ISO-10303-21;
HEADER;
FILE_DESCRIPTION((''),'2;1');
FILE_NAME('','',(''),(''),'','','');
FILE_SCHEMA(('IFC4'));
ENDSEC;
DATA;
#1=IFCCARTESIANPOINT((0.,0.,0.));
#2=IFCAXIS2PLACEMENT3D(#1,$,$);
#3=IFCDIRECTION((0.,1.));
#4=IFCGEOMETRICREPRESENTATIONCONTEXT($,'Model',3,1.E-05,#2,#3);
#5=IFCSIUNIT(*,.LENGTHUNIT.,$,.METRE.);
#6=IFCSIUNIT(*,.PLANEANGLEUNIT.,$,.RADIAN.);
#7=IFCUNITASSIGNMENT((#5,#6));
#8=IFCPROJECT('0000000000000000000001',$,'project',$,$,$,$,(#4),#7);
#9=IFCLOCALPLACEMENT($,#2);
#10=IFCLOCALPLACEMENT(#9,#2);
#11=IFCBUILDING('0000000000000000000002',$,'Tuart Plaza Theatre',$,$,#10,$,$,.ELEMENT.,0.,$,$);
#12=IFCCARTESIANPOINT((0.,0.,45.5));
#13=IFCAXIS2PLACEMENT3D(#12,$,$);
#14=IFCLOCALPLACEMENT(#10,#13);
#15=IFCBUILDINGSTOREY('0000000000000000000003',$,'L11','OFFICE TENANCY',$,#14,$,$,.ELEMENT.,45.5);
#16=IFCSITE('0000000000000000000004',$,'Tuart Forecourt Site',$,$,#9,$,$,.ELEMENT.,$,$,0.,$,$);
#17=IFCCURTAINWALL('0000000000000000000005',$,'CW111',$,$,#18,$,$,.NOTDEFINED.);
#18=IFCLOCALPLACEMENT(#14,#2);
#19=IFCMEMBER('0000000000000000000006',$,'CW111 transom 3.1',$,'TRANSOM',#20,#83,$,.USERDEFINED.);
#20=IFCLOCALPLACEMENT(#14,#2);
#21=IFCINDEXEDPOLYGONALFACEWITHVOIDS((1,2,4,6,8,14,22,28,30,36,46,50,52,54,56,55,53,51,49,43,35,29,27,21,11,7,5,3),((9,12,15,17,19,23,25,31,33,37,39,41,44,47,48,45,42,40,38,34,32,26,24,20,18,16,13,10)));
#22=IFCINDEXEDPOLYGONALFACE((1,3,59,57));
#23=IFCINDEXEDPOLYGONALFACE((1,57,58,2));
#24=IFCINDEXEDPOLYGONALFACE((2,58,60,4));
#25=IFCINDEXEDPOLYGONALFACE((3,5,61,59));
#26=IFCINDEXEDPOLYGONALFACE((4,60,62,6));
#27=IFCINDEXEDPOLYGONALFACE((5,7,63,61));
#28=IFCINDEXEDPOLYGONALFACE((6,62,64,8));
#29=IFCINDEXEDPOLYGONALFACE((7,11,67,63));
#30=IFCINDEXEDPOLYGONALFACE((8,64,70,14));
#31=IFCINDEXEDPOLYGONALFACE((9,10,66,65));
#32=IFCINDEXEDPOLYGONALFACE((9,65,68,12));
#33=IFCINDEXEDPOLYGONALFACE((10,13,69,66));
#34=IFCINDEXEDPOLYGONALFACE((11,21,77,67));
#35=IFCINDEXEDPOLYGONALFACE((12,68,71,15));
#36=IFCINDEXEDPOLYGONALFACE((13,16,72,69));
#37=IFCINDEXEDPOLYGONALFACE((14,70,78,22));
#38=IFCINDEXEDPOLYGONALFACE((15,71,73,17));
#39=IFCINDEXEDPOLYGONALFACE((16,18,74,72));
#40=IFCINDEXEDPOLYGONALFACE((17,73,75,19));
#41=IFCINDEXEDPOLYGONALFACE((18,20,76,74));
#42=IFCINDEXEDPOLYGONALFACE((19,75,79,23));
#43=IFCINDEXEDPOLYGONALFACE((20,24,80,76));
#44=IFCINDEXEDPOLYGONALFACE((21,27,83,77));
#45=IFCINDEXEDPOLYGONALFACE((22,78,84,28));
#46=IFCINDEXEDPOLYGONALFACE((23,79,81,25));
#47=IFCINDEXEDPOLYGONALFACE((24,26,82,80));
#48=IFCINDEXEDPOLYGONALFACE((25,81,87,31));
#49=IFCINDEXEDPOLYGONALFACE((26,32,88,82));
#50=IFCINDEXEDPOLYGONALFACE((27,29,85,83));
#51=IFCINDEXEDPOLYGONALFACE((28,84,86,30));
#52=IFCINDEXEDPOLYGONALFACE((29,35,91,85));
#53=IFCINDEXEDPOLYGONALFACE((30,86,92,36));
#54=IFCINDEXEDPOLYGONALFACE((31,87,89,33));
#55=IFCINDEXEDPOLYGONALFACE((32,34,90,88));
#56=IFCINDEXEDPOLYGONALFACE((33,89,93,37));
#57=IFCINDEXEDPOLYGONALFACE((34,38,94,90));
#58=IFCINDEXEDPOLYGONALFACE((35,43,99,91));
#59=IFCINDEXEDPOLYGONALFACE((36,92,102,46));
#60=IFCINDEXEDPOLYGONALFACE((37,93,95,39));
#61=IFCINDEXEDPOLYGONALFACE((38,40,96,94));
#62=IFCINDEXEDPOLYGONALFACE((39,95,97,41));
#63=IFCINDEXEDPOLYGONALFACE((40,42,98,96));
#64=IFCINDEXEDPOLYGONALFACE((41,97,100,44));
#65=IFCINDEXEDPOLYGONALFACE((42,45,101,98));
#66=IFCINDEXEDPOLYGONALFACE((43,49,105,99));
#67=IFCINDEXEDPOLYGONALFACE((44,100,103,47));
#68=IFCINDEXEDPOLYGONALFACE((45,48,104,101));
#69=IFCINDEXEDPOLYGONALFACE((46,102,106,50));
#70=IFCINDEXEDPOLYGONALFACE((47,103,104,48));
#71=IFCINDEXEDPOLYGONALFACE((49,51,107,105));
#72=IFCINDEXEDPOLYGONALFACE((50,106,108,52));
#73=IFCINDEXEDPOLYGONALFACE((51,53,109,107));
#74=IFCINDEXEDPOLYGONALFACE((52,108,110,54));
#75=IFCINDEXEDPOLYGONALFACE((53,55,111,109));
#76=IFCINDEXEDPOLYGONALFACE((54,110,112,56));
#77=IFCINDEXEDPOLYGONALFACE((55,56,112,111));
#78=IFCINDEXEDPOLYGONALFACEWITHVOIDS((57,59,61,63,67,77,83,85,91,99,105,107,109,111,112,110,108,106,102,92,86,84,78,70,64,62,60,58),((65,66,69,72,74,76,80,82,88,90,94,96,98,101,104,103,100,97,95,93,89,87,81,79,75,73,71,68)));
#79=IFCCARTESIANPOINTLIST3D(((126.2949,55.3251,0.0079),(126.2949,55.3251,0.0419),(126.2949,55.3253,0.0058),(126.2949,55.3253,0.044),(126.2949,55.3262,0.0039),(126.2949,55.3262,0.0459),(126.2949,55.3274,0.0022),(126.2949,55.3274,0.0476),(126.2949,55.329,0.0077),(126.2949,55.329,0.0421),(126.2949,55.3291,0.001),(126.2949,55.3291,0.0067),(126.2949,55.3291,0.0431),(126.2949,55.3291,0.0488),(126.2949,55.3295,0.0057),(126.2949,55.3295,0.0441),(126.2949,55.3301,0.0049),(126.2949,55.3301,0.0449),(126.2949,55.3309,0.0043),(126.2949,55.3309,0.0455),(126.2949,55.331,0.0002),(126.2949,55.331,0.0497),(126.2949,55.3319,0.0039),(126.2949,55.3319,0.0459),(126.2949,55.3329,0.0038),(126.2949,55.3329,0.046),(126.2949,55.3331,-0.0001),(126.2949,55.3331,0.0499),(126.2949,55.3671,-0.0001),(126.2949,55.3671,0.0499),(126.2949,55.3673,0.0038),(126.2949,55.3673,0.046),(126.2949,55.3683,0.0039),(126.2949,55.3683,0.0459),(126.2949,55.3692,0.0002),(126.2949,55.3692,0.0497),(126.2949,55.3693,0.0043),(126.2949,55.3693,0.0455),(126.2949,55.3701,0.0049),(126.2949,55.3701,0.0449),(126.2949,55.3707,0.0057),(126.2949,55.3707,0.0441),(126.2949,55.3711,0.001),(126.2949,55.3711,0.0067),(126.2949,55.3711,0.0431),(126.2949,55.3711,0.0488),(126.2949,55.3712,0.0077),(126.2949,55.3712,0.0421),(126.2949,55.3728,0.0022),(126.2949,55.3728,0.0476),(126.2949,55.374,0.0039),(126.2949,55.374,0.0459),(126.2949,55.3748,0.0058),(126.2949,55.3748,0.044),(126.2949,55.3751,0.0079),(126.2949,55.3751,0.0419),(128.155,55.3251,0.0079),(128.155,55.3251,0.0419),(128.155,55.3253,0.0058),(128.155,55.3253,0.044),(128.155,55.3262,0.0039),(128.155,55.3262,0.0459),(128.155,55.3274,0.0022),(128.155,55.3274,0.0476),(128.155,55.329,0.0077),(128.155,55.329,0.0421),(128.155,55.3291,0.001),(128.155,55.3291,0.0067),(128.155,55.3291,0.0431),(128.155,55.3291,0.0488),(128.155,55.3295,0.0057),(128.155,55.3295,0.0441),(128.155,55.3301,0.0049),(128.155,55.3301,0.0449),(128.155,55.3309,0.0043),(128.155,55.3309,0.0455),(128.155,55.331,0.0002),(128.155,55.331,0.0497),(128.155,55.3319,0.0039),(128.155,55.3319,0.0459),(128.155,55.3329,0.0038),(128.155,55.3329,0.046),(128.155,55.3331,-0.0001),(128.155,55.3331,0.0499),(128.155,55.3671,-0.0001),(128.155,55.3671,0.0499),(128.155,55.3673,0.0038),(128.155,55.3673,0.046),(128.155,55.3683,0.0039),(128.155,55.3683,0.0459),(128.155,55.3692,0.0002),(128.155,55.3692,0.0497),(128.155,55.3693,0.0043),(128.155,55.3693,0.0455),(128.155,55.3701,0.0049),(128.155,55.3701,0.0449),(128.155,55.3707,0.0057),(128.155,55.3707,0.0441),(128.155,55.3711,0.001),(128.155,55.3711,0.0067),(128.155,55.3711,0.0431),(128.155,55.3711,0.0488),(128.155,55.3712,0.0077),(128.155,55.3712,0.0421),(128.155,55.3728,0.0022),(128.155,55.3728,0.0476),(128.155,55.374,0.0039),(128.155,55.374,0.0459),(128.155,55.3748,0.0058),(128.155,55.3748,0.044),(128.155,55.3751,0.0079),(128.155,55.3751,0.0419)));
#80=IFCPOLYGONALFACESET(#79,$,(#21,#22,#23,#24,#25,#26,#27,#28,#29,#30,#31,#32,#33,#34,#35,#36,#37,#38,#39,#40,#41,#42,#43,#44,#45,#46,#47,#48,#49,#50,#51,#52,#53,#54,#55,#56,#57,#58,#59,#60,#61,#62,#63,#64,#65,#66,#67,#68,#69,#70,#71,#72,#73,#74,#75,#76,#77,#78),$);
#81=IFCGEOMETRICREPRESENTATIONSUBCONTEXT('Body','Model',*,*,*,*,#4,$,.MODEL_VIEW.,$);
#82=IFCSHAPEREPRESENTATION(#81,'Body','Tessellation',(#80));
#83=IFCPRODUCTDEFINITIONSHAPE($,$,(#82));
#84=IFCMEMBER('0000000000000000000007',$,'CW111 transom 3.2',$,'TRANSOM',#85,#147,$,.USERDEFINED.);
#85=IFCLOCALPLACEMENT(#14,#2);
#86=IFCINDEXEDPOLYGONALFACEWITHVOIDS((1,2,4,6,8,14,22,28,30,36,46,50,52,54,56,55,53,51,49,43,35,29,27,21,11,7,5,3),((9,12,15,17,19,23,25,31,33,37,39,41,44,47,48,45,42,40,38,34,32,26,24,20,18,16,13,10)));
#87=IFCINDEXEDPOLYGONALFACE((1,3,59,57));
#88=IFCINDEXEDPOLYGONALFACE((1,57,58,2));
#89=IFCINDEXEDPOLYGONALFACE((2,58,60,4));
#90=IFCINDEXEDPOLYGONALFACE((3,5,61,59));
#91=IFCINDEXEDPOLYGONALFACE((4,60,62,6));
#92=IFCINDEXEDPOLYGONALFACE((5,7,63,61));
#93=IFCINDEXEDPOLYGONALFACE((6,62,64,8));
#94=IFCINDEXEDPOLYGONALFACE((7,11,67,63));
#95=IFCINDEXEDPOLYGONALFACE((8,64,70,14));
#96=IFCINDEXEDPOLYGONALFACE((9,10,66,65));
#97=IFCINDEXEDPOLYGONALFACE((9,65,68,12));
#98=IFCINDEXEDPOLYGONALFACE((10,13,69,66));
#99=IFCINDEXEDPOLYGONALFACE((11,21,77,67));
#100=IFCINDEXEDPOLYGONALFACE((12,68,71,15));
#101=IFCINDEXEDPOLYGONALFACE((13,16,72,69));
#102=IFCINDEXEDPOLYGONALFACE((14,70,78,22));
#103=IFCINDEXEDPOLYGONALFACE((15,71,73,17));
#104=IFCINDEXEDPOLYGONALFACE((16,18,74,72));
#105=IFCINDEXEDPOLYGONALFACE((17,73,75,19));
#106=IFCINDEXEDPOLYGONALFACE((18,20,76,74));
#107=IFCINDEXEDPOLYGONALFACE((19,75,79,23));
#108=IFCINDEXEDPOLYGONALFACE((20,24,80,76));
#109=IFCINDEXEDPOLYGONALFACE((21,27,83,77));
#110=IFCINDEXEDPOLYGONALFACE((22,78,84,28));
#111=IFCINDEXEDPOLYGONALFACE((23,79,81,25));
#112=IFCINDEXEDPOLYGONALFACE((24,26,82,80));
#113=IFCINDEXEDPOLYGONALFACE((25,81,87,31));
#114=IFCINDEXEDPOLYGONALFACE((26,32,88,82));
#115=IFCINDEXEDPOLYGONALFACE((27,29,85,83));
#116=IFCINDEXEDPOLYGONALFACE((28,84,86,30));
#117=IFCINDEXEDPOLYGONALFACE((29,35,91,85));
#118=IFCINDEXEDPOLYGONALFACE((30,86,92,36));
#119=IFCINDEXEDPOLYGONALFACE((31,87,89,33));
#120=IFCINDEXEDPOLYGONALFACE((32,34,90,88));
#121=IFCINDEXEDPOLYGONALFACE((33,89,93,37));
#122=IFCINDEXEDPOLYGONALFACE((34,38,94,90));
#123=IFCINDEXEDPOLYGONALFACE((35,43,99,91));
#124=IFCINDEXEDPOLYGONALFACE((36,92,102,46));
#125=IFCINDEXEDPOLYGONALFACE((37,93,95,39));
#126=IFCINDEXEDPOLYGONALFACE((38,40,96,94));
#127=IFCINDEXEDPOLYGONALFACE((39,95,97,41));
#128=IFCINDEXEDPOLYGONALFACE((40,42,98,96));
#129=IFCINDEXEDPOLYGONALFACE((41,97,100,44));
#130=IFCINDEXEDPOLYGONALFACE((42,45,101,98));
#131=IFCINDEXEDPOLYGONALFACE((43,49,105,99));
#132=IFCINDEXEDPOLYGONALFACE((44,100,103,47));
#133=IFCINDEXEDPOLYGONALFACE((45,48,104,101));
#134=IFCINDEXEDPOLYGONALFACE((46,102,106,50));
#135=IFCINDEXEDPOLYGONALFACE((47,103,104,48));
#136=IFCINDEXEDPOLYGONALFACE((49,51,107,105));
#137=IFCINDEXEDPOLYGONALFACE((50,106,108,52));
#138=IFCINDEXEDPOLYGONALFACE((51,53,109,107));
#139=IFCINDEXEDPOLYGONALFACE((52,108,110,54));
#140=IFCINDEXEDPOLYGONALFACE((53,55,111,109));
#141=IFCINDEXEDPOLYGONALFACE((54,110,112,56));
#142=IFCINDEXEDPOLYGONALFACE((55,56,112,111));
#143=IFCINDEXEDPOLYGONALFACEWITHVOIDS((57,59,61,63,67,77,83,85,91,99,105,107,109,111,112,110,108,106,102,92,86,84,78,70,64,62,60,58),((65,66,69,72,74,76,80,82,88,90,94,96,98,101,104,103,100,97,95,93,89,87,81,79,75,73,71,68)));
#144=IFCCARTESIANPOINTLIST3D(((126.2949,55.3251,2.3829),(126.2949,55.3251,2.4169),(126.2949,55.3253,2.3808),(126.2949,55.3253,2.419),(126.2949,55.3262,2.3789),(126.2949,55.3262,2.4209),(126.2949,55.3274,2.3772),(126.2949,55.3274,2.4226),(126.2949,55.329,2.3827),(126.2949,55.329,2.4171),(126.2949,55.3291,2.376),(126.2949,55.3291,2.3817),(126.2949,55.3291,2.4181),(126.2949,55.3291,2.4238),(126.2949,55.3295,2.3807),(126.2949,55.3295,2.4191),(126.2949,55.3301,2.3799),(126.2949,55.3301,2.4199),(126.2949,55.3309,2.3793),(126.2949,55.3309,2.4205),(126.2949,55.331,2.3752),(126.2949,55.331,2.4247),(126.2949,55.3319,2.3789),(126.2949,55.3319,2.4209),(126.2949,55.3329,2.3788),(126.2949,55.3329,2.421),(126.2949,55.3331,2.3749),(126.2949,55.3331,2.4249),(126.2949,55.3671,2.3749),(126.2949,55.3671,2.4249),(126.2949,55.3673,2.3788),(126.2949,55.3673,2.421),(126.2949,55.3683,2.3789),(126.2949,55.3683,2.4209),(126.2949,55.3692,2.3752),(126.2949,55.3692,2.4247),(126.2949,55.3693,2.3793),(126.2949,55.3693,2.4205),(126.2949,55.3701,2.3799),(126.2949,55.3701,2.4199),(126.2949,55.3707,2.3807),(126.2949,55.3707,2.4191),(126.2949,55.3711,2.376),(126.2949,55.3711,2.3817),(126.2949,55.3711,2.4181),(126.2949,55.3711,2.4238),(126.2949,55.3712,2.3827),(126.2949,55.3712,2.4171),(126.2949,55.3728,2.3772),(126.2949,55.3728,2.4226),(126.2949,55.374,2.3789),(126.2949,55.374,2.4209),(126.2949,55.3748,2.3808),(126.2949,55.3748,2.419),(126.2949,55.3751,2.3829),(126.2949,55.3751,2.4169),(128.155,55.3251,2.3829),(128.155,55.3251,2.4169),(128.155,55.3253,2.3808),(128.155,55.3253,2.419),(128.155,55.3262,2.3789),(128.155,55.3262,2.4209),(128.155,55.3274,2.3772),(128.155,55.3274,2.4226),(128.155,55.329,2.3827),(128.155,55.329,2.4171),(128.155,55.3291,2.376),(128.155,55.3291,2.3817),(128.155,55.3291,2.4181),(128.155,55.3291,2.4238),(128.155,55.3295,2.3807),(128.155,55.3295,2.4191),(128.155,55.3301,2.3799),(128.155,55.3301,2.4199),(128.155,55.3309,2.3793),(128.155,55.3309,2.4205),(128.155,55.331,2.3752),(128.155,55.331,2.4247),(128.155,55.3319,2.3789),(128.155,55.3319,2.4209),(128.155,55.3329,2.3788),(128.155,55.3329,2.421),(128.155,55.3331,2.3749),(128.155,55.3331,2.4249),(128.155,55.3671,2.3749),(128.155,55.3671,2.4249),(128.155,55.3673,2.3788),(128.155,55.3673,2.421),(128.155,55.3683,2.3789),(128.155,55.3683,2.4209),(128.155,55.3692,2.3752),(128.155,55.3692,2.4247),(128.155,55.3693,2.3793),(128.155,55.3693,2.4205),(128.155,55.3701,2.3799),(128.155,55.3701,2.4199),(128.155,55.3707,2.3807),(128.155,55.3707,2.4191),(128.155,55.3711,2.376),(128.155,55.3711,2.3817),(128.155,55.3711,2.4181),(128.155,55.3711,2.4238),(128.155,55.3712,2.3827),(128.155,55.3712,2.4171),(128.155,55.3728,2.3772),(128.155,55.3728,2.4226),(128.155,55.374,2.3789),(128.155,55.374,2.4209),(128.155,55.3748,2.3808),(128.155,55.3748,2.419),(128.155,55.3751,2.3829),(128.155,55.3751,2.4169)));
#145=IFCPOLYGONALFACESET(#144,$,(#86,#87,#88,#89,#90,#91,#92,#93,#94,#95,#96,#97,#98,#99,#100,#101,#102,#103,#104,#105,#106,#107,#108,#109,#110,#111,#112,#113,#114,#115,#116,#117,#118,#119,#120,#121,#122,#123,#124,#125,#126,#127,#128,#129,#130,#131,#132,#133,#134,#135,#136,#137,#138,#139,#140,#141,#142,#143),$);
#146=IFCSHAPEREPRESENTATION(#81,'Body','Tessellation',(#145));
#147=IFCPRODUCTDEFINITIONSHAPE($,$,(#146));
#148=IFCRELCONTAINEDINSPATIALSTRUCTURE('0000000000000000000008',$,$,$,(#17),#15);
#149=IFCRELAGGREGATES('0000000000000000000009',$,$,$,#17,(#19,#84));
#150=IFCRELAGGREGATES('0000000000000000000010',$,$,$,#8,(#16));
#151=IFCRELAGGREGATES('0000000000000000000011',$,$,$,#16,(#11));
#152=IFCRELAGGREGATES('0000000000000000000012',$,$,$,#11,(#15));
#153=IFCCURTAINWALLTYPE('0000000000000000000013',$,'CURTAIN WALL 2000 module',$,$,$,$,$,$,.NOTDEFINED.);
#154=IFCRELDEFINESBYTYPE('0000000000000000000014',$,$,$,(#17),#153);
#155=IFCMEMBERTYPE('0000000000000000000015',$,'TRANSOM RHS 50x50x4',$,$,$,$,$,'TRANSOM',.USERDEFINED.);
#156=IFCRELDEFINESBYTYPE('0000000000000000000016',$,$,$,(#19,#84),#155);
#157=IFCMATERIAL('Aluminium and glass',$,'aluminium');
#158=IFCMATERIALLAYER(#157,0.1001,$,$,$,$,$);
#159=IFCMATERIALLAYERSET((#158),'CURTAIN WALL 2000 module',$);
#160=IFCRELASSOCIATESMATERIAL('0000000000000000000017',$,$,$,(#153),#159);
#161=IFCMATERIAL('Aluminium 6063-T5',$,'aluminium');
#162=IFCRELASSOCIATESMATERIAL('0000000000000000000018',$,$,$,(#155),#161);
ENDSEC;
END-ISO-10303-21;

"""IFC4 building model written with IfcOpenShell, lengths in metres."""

from ifc_helpers import new_model, si_unit, direction, frame, origin, origin_2d, place, context, subcontext, project, spatial, hollow_rectangle, extrude, material, layer, layer_set, material_profile, profile_set, type_object, element, aggregate, save


model = new_model("IFC4")

# Units and contexts
model_context = context("Model", 3, precision=1e-05, world=origin(), true_north=direction((0.0, 1.0)))
body_context = subcontext(model_context, "Body", "Model", "MODEL_VIEW")
ifc_project = project(units=[si_unit("LENGTHUNIT", "METRE"), si_unit("PLANEANGLEUNIT", "RADIAN")], contexts=[model_context])

# Site, building, storey
site_placement = place(None, origin())
site = spatial("IfcSite", under=ifc_project, at=site_placement, Name="Tuart Forecourt Site", CompositionType="ELEMENT", RefElevation=0.0)
building_placement = place(site_placement, origin())
building = spatial("IfcBuilding", under=site, at=building_placement, Name="Tuart Plaza Theatre", CompositionType="ELEMENT", ElevationOfRefHeight=0.0)
storey_placement = place(building_placement, frame((0.0, 0.0, 45.5)))
storey = spatial("IfcBuildingStorey", under=building, at=storey_placement, Name="L11", Description="OFFICE TENANCY", CompositionType="ELEMENT", Elevation=45.5)

# Curtain wall
ifc_material_1 = material(Name="Aluminium and glass", Category="aluminium")
ifc_layer_1 = layer(ifc_material_1, 0.1001)
ifc_layer_set_1 = layer_set([ifc_layer_1], Name="CURTAIN WALL 2000 module")
curtain_wall_type = type_object("IfcCurtainWallType", Name="CURTAIN WALL 2000 module", PredefinedType="NOTDEFINED", material=ifc_layer_set_1)
curtain_wall_1_placement = place(storey_placement, origin())
curtain_wall_1 = element("IfcCurtainWall", 1, at=curtain_wall_1_placement, inside=storey, type_object=curtain_wall_type, Name="CW111", PredefinedType="NOTDEFINED")

# Members
ifc_material_2 = material(Name="Aluminium 6063-T5", Category="aluminium")
ifc_material_profile_1 = material_profile(ifc_material_2, hollow_rectangle(XDim=0.05, YDim=0.05, WallThickness=0.0039, InnerFilletRadius=0.0039, OuterFilletRadius=0.0081, at=origin_2d()), Name="RHS 50x50x4")
ifc_profile_set_1 = profile_set([ifc_material_profile_1], Name="Aluminium 6063-T5")
member_type_1 = type_object("IfcMemberType", Name="TRANSOM RHS 50x50x4", ElementType="TRANSOM", PredefinedType="USERDEFINED", material=ifc_profile_set_1)
member_1_placement = place(storey_placement, frame((126.2949, 55.3501, 0.0249), z_axis=(1.0, 0.0, 0.0), x_axis=(0.0, 1.0, 0.0)))
member_1 = element("IfcMember", 2, at=member_1_placement, type_object=member_type_1, Name="CW111 transom 3.1", ObjectType="TRANSOM", PredefinedType="USERDEFINED", context=body_context, shape_type="SweptSolid", body=[
    extrude(hollow_rectangle(XDim=0.05, YDim=0.05, WallThickness=0.0039, InnerFilletRadius=0.0039, OuterFilletRadius=0.0081, at=origin_2d()), origin(), (0.0, 0.0, 1.0), 1.8601),
])
member_2_placement = place(storey_placement, frame((126.2949, 55.3501, 2.3999), z_axis=(1.0, 0.0, 0.0), x_axis=(0.0, 1.0, 0.0)))
member_2 = element("IfcMember", 3, at=member_2_placement, type_object=member_type_1, Name="CW111 transom 3.2", ObjectType="TRANSOM", PredefinedType="USERDEFINED", context=body_context, shape_type="SweptSolid", body=[
    extrude(hollow_rectangle(XDim=0.05, YDim=0.05, WallThickness=0.0039, InnerFilletRadius=0.0039, OuterFilletRadius=0.0081, at=origin_2d()), origin(), (0.0, 0.0, 1.0), 1.8601),
])

aggregate(curtain_wall_1, [member_1, member_2])

save(model, "model.ifc")
